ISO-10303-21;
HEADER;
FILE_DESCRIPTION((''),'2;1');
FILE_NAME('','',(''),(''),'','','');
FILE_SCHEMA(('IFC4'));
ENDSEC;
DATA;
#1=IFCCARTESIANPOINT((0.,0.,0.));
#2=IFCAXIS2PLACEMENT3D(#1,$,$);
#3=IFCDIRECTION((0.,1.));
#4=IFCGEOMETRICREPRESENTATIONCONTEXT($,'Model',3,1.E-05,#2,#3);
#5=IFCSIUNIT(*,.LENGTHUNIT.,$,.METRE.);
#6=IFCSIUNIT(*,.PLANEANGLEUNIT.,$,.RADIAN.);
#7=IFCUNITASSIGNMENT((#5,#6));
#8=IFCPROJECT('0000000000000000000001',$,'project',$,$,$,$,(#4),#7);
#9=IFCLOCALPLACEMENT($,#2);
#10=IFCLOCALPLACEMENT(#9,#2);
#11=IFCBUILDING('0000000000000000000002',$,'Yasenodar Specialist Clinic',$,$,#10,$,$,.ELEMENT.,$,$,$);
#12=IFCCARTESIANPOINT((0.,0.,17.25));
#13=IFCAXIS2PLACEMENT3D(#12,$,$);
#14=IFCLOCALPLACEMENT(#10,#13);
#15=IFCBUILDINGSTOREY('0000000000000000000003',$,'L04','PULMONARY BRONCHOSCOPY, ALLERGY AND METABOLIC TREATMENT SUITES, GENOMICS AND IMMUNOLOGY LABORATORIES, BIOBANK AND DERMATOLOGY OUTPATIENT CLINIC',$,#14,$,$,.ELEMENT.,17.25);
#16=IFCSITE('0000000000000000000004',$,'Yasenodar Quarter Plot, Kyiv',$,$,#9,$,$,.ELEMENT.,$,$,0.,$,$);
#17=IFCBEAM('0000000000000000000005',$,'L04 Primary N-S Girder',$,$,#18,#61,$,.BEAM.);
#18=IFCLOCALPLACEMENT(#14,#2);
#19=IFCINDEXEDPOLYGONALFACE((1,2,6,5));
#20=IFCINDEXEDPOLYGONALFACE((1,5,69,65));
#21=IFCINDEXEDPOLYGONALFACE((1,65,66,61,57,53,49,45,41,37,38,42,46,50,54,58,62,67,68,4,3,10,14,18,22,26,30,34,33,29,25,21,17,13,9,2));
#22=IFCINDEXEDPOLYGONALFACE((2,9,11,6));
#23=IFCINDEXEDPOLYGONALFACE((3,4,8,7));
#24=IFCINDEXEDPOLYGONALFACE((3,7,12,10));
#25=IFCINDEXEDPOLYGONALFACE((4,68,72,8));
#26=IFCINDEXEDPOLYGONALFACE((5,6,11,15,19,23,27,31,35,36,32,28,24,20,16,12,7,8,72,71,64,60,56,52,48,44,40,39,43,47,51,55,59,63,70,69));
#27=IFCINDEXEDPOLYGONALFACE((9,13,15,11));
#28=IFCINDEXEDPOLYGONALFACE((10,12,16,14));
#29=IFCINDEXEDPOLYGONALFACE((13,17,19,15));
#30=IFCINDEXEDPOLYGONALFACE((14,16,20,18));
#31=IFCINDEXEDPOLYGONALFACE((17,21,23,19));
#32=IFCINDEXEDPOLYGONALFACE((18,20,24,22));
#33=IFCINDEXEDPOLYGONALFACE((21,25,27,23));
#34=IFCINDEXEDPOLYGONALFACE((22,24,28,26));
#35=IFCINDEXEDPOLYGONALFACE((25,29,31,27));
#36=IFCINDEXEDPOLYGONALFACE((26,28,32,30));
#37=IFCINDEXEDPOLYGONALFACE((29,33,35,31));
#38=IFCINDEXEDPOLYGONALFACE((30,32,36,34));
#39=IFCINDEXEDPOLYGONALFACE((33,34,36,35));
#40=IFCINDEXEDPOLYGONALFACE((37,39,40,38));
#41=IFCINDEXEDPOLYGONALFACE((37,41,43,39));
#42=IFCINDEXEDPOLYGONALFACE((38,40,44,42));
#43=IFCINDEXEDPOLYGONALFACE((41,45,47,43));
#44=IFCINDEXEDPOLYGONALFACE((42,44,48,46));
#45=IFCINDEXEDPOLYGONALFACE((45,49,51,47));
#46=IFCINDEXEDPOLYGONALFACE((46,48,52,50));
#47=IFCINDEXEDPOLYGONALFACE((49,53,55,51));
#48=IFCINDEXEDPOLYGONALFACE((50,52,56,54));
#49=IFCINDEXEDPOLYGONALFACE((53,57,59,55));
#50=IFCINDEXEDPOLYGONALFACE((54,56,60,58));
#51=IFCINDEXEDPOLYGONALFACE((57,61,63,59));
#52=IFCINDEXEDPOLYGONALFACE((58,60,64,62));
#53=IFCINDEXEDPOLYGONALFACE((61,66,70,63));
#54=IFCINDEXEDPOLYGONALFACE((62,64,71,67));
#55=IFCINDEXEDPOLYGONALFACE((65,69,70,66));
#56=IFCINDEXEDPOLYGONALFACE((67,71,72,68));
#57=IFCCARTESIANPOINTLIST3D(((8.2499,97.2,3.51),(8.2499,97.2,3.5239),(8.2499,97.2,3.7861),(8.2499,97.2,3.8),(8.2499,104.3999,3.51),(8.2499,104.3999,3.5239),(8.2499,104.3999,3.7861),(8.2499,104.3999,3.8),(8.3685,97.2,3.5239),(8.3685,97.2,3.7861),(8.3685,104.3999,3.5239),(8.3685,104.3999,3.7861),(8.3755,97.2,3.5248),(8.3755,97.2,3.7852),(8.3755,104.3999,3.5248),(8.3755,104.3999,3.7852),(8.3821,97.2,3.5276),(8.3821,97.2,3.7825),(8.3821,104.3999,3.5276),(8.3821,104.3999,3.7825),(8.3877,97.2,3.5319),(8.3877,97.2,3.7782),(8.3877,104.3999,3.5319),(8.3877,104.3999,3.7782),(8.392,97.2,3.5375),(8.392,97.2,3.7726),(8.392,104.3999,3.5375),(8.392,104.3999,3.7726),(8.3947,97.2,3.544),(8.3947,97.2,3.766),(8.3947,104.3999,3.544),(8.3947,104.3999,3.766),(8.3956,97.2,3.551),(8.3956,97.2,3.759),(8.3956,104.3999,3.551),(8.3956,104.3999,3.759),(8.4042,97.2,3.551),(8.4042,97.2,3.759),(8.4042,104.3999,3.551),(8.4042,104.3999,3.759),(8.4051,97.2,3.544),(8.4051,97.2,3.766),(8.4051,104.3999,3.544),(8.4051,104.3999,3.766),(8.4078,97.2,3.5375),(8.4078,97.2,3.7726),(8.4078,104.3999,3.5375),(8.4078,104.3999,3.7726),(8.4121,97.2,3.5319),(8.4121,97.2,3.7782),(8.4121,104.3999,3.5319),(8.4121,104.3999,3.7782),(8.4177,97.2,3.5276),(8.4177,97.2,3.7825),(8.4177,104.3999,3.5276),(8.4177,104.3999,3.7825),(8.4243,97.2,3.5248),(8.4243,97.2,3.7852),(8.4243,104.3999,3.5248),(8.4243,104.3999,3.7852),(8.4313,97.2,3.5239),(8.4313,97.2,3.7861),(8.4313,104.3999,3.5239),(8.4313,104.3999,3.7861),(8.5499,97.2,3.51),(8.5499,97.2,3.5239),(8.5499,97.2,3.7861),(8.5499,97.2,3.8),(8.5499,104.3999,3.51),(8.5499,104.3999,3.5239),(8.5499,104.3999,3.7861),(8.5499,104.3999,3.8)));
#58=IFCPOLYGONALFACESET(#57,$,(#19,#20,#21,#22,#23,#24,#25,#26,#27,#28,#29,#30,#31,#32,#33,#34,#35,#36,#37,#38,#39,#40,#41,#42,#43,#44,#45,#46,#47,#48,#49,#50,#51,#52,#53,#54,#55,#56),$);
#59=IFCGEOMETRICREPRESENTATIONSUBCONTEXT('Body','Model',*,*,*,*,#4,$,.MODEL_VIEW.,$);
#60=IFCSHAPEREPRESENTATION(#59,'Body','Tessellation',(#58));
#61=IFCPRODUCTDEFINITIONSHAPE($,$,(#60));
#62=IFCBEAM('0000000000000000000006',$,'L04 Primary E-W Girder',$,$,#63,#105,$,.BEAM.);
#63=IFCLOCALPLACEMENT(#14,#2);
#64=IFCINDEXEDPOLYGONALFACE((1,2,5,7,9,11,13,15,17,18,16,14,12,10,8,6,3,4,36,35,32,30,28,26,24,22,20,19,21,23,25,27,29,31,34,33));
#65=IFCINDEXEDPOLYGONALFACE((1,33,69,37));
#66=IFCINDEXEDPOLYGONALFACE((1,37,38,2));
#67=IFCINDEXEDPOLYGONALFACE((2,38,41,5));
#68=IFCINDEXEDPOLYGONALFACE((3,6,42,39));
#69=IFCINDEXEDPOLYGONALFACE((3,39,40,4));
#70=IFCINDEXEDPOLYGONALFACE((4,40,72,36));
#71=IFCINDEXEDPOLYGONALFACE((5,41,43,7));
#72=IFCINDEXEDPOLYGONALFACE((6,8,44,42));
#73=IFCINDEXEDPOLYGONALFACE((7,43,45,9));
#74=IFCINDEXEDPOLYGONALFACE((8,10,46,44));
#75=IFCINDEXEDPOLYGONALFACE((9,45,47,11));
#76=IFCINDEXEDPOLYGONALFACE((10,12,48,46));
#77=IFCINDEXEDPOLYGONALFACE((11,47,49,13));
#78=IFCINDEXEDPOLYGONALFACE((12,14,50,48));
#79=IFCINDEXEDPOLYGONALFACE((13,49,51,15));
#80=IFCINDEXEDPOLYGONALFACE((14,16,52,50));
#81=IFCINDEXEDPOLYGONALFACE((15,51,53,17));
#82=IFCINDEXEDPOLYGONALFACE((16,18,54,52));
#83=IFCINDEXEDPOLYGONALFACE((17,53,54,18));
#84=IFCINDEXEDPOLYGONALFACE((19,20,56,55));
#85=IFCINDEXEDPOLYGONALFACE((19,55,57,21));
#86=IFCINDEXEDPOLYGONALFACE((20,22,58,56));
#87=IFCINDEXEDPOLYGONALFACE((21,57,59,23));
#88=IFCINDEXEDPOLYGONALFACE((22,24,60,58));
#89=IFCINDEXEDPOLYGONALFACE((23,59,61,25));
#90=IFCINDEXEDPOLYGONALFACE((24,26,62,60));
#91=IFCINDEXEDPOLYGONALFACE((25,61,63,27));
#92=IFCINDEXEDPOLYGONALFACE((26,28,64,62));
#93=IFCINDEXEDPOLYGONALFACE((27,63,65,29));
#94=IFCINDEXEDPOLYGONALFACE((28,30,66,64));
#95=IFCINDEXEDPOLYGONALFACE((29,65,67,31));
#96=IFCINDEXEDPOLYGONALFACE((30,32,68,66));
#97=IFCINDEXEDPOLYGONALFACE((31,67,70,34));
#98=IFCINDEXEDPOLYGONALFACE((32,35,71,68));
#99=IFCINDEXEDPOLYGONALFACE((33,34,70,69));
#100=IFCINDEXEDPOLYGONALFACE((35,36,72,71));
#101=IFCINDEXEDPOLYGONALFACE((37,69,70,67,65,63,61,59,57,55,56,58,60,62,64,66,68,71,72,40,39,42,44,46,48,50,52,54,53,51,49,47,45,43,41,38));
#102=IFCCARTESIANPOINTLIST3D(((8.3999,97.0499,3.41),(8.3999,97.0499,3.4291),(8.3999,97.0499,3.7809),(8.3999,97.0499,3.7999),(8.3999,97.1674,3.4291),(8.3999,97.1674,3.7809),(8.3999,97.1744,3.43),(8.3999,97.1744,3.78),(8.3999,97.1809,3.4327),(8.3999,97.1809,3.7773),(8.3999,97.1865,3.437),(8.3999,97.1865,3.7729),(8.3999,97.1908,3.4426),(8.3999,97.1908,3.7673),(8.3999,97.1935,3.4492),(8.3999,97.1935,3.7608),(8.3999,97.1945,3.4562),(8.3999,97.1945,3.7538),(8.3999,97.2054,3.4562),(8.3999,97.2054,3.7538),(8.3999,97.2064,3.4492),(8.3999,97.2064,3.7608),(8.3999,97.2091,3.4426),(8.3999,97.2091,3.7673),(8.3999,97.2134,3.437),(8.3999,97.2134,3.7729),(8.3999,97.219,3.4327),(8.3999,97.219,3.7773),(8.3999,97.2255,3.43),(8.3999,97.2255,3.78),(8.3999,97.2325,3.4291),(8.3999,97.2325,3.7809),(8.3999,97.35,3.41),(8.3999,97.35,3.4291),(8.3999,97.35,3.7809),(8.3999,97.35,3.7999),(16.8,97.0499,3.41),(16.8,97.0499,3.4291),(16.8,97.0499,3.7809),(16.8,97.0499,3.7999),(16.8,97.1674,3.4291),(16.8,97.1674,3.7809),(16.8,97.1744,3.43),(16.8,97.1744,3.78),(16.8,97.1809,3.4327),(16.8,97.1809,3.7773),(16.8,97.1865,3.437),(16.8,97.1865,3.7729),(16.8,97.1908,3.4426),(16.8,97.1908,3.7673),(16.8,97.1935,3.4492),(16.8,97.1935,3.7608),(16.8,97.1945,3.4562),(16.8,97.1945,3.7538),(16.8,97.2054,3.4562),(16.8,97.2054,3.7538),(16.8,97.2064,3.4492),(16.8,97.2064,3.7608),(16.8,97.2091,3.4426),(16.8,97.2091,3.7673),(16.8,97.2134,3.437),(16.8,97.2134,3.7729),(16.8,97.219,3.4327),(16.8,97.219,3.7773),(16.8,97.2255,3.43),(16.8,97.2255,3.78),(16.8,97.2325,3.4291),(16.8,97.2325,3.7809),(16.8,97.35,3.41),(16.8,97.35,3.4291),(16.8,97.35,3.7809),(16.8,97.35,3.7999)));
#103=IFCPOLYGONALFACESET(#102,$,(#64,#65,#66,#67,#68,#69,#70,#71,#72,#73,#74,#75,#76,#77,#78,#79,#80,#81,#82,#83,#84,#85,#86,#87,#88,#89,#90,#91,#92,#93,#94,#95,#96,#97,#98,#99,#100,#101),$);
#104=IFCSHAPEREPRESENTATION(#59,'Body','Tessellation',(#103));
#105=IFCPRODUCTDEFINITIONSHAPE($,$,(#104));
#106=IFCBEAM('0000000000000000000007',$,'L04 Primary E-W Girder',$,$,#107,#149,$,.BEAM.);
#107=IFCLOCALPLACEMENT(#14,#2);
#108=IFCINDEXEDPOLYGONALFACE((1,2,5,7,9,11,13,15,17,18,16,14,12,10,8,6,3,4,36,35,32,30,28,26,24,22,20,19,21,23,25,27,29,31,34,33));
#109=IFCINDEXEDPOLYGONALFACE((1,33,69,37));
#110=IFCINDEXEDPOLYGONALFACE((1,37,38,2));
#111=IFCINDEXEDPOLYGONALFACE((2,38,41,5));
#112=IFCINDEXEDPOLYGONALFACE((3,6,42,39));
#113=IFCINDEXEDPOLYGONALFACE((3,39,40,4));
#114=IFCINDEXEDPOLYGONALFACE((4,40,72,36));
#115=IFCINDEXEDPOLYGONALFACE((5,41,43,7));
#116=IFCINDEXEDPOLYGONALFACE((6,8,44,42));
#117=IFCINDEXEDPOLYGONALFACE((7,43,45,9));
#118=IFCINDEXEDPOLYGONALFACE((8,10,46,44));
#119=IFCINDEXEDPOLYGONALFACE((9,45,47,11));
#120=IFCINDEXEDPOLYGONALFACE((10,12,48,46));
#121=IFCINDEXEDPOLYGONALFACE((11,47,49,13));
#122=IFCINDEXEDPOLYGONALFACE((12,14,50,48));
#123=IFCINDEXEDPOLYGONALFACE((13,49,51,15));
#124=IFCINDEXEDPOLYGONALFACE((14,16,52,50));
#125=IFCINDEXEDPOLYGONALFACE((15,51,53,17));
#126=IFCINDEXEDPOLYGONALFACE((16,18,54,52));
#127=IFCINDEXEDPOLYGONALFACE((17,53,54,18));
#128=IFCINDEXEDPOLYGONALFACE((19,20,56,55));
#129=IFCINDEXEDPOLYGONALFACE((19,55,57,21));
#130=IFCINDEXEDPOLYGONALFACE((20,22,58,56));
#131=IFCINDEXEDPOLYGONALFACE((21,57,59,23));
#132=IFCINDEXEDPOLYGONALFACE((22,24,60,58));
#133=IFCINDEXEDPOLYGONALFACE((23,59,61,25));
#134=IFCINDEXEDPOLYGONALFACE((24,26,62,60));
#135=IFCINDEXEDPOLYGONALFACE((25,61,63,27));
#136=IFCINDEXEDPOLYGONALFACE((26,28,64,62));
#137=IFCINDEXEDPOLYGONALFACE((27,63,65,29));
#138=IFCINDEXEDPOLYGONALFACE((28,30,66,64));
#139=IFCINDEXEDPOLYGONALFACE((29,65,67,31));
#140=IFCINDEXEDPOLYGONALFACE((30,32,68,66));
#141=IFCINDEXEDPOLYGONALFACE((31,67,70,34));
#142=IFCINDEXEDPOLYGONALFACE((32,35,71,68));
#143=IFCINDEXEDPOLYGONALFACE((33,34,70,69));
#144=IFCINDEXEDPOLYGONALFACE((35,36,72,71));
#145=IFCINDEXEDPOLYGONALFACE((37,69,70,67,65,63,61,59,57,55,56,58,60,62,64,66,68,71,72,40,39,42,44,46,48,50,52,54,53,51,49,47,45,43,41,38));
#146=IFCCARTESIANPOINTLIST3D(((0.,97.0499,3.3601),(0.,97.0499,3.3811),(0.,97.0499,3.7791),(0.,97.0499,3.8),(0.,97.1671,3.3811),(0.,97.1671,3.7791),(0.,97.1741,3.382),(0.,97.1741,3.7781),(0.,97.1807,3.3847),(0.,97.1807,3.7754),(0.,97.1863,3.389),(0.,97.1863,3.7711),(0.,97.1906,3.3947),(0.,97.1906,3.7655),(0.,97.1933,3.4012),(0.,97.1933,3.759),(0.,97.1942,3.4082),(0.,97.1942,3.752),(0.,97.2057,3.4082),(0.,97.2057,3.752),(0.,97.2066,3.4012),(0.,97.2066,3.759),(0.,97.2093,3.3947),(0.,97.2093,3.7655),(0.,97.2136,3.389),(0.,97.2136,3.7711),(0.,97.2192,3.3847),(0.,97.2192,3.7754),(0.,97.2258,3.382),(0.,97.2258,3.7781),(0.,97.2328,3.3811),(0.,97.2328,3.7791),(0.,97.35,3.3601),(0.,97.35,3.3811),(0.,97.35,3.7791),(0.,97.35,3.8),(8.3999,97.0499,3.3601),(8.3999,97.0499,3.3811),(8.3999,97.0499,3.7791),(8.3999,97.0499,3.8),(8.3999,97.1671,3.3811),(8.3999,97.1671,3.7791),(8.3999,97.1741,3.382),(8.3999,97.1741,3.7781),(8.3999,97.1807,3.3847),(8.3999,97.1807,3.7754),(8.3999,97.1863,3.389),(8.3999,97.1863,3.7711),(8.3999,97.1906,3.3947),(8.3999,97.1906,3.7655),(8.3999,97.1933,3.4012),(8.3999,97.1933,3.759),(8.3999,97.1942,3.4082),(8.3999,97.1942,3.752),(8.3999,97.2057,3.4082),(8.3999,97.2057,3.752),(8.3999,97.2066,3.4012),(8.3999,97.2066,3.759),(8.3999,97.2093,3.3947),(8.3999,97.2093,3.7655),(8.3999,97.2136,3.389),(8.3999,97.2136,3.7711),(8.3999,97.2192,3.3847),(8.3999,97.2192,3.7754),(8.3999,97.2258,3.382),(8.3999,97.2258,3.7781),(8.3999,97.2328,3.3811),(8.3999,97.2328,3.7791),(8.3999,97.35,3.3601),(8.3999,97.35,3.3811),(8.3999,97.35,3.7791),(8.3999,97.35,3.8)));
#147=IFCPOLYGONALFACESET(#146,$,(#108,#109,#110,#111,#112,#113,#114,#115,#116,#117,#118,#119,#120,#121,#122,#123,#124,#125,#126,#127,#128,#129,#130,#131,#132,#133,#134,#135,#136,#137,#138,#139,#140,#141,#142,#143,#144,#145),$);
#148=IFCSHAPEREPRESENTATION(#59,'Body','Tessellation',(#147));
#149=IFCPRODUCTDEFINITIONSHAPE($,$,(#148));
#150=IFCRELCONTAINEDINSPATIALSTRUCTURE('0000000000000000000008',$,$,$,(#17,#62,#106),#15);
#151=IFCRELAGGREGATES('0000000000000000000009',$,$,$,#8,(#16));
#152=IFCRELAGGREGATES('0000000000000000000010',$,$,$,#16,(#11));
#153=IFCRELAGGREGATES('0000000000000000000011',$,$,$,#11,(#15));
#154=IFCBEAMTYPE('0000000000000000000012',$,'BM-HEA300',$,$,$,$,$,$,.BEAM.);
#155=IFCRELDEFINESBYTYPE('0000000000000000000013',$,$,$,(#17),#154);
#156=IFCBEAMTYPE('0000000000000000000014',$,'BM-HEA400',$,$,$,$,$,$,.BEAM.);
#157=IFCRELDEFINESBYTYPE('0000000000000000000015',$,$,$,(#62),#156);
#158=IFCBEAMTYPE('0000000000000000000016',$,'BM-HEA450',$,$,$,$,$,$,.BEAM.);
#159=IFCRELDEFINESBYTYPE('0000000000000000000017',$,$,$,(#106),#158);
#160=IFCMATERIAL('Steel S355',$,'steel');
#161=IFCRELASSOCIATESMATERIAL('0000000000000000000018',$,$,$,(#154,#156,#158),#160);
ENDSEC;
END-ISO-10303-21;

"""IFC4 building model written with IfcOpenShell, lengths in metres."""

from ifc_helpers import new_model, si_unit, direction, frame, origin, origin_2d, place, context, subcontext, project, spatial, i_section, extrude, material, material_profile, profile_set, type_object, element, save


model = new_model("IFC4")

# Units and contexts
model_context = context("Model", 3, precision=1e-05, world=origin(), true_north=direction((0.0, 1.0)))
body_context = subcontext(model_context, "Body", "Model", "MODEL_VIEW")
ifc_project = project(units=[si_unit("LENGTHUNIT", "METRE"), si_unit("PLANEANGLEUNIT", "RADIAN")], contexts=[model_context])

# Site, building, storey
site_placement = place(None, origin())
site = spatial("IfcSite", under=ifc_project, at=site_placement, Name="Yasenodar Quarter Plot, Kyiv", CompositionType="ELEMENT", RefElevation=0.0)
building_placement = place(site_placement, origin())
building = spatial("IfcBuilding", under=site, at=building_placement, Name="Yasenodar Specialist Clinic", CompositionType="ELEMENT")
storey_placement = place(building_placement, frame((0.0, 0.0, 17.25)))
storey = spatial("IfcBuildingStorey", under=building, at=storey_placement, Name="L04", Description="PULMONARY BRONCHOSCOPY, ALLERGY AND METABOLIC TREATMENT SUITES, GENOMICS AND IMMUNOLOGY LABORATORIES, BIOBANK AND DERMATOLOGY OUTPATIENT CLINIC", CompositionType="ELEMENT", Elevation=17.25)

# Shared definitions
ifc_material_1 = material(Name="Steel S355", Category="steel")

# Beams
ifc_material_profile_1 = material_profile(ifc_material_1, i_section(OverallWidth=0.3, OverallDepth=0.29, WebThickness=0.0085, FlangeThickness=0.0139, FilletRadius=0.0271, at=origin_2d()), Name="HEA 300")
ifc_profile_set_1 = profile_set([ifc_material_profile_1], Name="Steel S355")
beam_type_1 = type_object("IfcBeamType", Name="BM-HEA300", PredefinedType="BEAM", material=ifc_profile_set_1)
beam_1_placement = place(storey_placement, frame((8.3999, 97.2, 3.655), z_axis=(0.0, 1.0, 0.0), x_axis=(-1.0, 0.0, 0.0)))
element("IfcBeam", 1, at=beam_1_placement, inside=storey, type_object=beam_type_1, Name="L04 Primary N-S Girder", PredefinedType="BEAM", context=body_context, shape_type="SweptSolid", body=[
    extrude(i_section(OverallWidth=0.3, OverallDepth=0.29, WebThickness=0.0085, FlangeThickness=0.0139, FilletRadius=0.0271, at=origin_2d()), origin(), (0.0, 0.0, 1.0), 7.2),
])
ifc_material_profile_2 = material_profile(ifc_material_1, i_section(OverallWidth=0.3, OverallDepth=0.3899, WebThickness=0.011, FlangeThickness=0.019, FilletRadius=0.0271, at=origin_2d()), Name="HEA 400")
ifc_profile_set_2 = profile_set([ifc_material_profile_2], Name="Steel S355")
beam_type_2 = type_object("IfcBeamType", Name="BM-HEA400", PredefinedType="BEAM", material=ifc_profile_set_2)
beam_2_placement = place(storey_placement, frame((8.3999, 97.2, 3.605), z_axis=(1.0, 0.0, 0.0), x_axis=(0.0, 1.0, 0.0)))
element("IfcBeam", 2, at=beam_2_placement, inside=storey, type_object=beam_type_2, Name="L04 Primary E-W Girder", PredefinedType="BEAM", context=body_context, shape_type="SweptSolid", body=[
    extrude(i_section(OverallWidth=0.3, OverallDepth=0.3899, WebThickness=0.011, FlangeThickness=0.019, FilletRadius=0.0271, at=origin_2d()), origin(), (0.0, 0.0, 1.0), 8.4001),
])
ifc_material_profile_3 = material_profile(ifc_material_1, i_section(OverallWidth=0.3, OverallDepth=0.4399, WebThickness=0.0115, FlangeThickness=0.021, FilletRadius=0.0271, at=origin_2d()), Name="HEA 450")
ifc_profile_set_3 = profile_set([ifc_material_profile_3], Name="Steel S355")
beam_type_3 = type_object("IfcBeamType", Name="BM-HEA450", PredefinedType="BEAM", material=ifc_profile_set_3)
beam_3_placement = place(storey_placement, frame((0.0, 97.2, 3.5801), z_axis=(1.0, 0.0, 0.0), x_axis=(0.0, 1.0, 0.0)))
element("IfcBeam", 3, at=beam_3_placement, inside=storey, type_object=beam_type_3, Name="L04 Primary E-W Girder", PredefinedType="BEAM", context=body_context, shape_type="SweptSolid", body=[
    extrude(i_section(OverallWidth=0.3, OverallDepth=0.4399, WebThickness=0.0115, FlangeThickness=0.021, FilletRadius=0.0271, at=origin_2d()), origin(), (0.0, 0.0, 1.0), 8.3999),
])

save(model, "model.ifc")
